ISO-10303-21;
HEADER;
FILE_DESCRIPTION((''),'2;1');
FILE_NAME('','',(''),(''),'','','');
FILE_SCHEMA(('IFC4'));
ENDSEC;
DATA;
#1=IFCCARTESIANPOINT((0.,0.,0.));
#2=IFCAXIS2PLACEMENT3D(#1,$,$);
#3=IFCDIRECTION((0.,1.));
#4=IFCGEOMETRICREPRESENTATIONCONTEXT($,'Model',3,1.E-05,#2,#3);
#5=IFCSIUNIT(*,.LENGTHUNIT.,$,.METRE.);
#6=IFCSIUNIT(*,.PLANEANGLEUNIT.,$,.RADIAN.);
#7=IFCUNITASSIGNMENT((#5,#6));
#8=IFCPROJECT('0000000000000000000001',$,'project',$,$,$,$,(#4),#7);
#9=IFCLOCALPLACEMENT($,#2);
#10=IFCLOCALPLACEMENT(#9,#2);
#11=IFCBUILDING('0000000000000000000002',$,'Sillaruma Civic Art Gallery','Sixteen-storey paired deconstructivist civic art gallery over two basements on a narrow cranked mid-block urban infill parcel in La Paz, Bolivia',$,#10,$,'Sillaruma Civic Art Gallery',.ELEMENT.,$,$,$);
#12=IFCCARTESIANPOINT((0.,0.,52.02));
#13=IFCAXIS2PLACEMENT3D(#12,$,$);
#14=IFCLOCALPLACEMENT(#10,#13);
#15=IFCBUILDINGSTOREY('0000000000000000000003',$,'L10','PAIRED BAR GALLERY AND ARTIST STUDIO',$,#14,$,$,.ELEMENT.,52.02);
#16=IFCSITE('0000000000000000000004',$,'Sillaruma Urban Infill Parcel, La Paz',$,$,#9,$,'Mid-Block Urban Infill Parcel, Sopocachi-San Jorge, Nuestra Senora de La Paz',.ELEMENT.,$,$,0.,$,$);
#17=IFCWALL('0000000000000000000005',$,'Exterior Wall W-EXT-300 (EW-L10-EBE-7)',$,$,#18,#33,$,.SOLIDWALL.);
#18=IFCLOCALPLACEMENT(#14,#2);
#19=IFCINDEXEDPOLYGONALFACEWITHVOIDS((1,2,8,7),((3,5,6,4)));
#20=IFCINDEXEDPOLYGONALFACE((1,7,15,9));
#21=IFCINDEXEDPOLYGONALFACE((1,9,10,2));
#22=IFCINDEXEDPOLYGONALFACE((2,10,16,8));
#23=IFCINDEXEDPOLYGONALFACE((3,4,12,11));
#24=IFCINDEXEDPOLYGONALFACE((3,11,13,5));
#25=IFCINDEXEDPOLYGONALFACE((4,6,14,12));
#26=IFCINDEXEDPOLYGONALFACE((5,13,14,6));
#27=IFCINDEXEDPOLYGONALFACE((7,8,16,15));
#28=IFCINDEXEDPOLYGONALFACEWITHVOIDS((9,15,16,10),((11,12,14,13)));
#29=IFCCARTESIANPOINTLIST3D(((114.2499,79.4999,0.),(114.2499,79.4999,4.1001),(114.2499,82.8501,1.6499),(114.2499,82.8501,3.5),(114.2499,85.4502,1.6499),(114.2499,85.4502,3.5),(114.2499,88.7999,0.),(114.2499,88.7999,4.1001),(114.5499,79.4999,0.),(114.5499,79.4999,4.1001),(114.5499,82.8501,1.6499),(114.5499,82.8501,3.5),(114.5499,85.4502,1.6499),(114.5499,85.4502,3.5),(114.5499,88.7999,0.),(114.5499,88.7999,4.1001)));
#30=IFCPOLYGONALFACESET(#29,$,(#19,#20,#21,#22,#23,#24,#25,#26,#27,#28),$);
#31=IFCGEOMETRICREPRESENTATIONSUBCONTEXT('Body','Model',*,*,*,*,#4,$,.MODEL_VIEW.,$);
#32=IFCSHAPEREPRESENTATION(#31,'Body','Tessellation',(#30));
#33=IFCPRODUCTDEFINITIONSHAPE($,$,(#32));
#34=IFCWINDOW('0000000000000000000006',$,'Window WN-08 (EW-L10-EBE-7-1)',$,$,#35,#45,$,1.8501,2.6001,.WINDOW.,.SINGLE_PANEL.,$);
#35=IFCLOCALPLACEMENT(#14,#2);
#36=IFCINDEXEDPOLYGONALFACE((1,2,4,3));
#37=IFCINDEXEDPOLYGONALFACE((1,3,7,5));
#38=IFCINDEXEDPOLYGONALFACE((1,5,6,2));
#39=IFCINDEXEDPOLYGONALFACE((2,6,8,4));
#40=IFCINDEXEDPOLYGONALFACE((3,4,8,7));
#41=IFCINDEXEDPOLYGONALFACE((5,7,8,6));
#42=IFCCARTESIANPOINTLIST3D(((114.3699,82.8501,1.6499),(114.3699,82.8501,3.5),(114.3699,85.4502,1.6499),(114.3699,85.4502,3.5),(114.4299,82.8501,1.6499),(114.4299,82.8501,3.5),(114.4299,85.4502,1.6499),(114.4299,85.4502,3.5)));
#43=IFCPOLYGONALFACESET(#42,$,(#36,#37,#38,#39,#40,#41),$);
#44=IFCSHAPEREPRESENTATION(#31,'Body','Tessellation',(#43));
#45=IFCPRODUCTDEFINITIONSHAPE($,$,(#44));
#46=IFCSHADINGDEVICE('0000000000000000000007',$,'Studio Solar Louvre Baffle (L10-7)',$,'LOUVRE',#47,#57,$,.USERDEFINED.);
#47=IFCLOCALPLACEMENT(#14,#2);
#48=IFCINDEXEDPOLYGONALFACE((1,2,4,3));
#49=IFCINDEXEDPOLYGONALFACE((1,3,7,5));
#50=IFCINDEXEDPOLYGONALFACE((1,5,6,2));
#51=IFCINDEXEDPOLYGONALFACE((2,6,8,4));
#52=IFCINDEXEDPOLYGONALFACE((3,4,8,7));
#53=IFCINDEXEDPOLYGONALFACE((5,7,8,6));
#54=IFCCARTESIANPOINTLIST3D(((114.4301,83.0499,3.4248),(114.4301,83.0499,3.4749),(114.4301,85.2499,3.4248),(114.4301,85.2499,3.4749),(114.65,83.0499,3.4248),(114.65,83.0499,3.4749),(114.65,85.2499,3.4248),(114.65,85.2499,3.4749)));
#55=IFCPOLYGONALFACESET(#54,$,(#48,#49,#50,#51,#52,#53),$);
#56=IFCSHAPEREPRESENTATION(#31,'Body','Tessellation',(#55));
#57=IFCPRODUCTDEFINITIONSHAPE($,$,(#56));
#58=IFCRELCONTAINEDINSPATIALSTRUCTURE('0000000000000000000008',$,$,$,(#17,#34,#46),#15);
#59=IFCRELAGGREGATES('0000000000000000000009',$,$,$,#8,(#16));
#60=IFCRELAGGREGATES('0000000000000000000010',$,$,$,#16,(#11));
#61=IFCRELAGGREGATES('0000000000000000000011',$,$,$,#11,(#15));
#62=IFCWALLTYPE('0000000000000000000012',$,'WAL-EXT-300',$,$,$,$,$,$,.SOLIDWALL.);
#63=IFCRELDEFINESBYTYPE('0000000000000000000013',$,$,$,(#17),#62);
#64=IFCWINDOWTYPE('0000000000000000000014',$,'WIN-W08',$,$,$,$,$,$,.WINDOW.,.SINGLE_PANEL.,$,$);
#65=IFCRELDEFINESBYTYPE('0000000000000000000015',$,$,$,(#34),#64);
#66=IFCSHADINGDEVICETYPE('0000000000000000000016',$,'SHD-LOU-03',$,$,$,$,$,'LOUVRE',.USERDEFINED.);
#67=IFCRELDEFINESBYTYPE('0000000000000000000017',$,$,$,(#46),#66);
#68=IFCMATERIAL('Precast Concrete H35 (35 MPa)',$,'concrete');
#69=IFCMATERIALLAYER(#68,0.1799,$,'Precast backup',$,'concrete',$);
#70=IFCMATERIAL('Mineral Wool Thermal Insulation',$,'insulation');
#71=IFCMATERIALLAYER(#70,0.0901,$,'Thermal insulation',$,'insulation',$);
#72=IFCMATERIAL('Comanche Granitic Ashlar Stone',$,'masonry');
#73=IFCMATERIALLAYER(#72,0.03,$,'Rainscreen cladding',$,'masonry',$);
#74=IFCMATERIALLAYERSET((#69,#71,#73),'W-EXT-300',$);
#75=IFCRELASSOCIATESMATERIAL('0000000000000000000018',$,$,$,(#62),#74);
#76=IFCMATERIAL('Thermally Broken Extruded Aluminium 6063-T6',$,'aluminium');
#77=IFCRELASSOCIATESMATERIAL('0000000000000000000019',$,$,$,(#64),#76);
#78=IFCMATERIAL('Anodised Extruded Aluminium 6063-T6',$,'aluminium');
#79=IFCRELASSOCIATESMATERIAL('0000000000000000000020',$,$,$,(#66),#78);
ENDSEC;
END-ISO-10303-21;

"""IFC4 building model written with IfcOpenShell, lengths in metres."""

from ifc_helpers import new_model, si_unit, direction, frame, frame_2d, origin, origin_2d, place, context, subcontext, project, spatial, rectangle, extrude, material, layer, layer_set, type_object, element, fill, save


model = new_model("IFC4")

# Units and contexts
model_context = context("Model", 3, precision=1e-05, world=origin(), true_north=direction((0.0, 1.0)))
body_context = subcontext(model_context, "Body", "Model", "MODEL_VIEW")
ifc_project = project(units=[si_unit("LENGTHUNIT", "METRE"), si_unit("PLANEANGLEUNIT", "RADIAN")], contexts=[model_context])

# Site, building, storey
site_placement = place(None, origin())
site = spatial("IfcSite", under=ifc_project, at=site_placement, Name="Sillaruma Urban Infill Parcel, La Paz", LongName="Mid-Block Urban Infill Parcel, Sopocachi-San Jorge, Nuestra Senora de La Paz", CompositionType="ELEMENT", RefElevation=0.0)
building_placement = place(site_placement, origin())
building = spatial("IfcBuilding", under=site, at=building_placement, Name="Sillaruma Civic Art Gallery", Description="Sixteen-storey paired deconstructivist civic art gallery over two basements on a narrow cranked mid-block urban infill parcel in La Paz, Bolivia", LongName="Sillaruma Civic Art Gallery", CompositionType="ELEMENT")
storey_placement = place(building_placement, frame((0.0, 0.0, 52.02)))
storey = spatial("IfcBuildingStorey", under=building, at=storey_placement, Name="L10", Description="PAIRED BAR GALLERY AND ARTIST STUDIO", CompositionType="ELEMENT", Elevation=52.02)

# Shared definitions
ifc_material_1 = material(Name="Thermally Broken Extruded Aluminium 6063-T6", Category="aluminium")

# Shared definitions
ifc_material_2 = material(Name="Mineral Wool Thermal Insulation", Category="insulation")

# Wall, opening, window
ifc_material_3 = material(Name="Precast Concrete H35 (35 MPa)", Category="concrete")
ifc_layer_1 = layer(ifc_material_3, 0.1799, Name="Precast backup", Category="concrete")
ifc_layer_2 = layer(ifc_material_2, 0.0901, Name="Thermal insulation", Category="insulation")
ifc_material_4 = material(Name="Comanche Granitic Ashlar Stone", Category="masonry")
ifc_layer_3 = layer(ifc_material_4, 0.03, Name="Rainscreen cladding", Category="masonry")
ifc_layer_set_1 = layer_set([ifc_layer_1, ifc_layer_2, ifc_layer_3], Name="W-EXT-300")
wall_type_1 = type_object("IfcWallType", Name="WAL-EXT-300", PredefinedType="SOLIDWALL", material=ifc_layer_set_1)
wall_1_placement = place(storey_placement, frame((114.3999, 79.5, 0.0), z_axis=(0.0, 0.0, 1.0), x_axis=(0.0, 1.0, 0.0)))
wall_1 = element("IfcWall", 1, at=wall_1_placement, inside=storey, type_object=wall_type_1, Name="Exterior Wall W-EXT-300 (EW-L10-EBE-7)", PredefinedType="SOLIDWALL", context=body_context, shape_type="SweptSolid", body=[
    extrude(rectangle(XDim=9.3, YDim=0.3, at=frame_2d((4.6499, 0.0))), origin(), (0.0, 0.0, 1.0), 4.1001),
])
opening_placement = place(wall_1_placement, frame((3.3501, 0.0, 1.6499)))
opening = element("IfcOpeningElement", 2, at=opening_placement, cuts=wall_1, PredefinedType="OPENING", context=body_context, shape_type="SweptSolid", body=[
    extrude(rectangle(XDim=2.6001, YDim=1.8501, at=frame_2d((1.3, 0.925))), frame((0.0, 0.1599, 0.0), z_axis=(0.0, -1.0, 0.0), x_axis=(1.0, 0.0, 0.0)), (0.0, 0.0, 1.0), 0.3201),
])
window_type = type_object("IfcWindowType", Name="WIN-W08", PartitioningType="SINGLE_PANEL", PredefinedType="WINDOW", material=ifc_material_1)
window_placement = place(opening_placement, origin())
window = element("IfcWindow", 3, at=window_placement, inside=storey, type_object=window_type, Name="Window WN-08 (EW-L10-EBE-7-1)", OverallHeight=1.8501, OverallWidth=2.6001, PartitioningType="SINGLE_PANEL", PredefinedType="WINDOW", context=body_context, shape_type="SweptSolid", body=[
    extrude(rectangle(XDim=2.6001, YDim=1.8501, at=frame_2d((1.3, 0.925))), frame((0.0, 0.03, 0.0), z_axis=(0.0, -1.0, 0.0), x_axis=(1.0, 0.0, 0.0)), (0.0, 0.0, 1.0), 0.0601),
])
fill(opening, window)

# Shading device
ifc_material_5 = material(Name="Anodised Extruded Aluminium 6063-T6", Category="aluminium")
shading_device_type = type_object("IfcShadingDeviceType", Name="SHD-LOU-03", ElementType="LOUVRE", PredefinedType="USERDEFINED", material=ifc_material_5)
shading_device_placement = place(storey_placement, frame((114.54, 84.1499, 3.4248), z_axis=(0.0, 0.0, 1.0), x_axis=(0.0, 1.0, 0.0)))
element("IfcShadingDevice", 4, at=shading_device_placement, inside=storey, type_object=shading_device_type, Name="Studio Solar Louvre Baffle (L10-7)", ObjectType="LOUVRE", PredefinedType="USERDEFINED", context=body_context, shape_type="SweptSolid", body=[
    extrude(rectangle(XDim=2.2, YDim=0.22, at=origin_2d()), origin(), (0.0, 0.0, 1.0), 0.05),
])

save(model, "model.ifc")
